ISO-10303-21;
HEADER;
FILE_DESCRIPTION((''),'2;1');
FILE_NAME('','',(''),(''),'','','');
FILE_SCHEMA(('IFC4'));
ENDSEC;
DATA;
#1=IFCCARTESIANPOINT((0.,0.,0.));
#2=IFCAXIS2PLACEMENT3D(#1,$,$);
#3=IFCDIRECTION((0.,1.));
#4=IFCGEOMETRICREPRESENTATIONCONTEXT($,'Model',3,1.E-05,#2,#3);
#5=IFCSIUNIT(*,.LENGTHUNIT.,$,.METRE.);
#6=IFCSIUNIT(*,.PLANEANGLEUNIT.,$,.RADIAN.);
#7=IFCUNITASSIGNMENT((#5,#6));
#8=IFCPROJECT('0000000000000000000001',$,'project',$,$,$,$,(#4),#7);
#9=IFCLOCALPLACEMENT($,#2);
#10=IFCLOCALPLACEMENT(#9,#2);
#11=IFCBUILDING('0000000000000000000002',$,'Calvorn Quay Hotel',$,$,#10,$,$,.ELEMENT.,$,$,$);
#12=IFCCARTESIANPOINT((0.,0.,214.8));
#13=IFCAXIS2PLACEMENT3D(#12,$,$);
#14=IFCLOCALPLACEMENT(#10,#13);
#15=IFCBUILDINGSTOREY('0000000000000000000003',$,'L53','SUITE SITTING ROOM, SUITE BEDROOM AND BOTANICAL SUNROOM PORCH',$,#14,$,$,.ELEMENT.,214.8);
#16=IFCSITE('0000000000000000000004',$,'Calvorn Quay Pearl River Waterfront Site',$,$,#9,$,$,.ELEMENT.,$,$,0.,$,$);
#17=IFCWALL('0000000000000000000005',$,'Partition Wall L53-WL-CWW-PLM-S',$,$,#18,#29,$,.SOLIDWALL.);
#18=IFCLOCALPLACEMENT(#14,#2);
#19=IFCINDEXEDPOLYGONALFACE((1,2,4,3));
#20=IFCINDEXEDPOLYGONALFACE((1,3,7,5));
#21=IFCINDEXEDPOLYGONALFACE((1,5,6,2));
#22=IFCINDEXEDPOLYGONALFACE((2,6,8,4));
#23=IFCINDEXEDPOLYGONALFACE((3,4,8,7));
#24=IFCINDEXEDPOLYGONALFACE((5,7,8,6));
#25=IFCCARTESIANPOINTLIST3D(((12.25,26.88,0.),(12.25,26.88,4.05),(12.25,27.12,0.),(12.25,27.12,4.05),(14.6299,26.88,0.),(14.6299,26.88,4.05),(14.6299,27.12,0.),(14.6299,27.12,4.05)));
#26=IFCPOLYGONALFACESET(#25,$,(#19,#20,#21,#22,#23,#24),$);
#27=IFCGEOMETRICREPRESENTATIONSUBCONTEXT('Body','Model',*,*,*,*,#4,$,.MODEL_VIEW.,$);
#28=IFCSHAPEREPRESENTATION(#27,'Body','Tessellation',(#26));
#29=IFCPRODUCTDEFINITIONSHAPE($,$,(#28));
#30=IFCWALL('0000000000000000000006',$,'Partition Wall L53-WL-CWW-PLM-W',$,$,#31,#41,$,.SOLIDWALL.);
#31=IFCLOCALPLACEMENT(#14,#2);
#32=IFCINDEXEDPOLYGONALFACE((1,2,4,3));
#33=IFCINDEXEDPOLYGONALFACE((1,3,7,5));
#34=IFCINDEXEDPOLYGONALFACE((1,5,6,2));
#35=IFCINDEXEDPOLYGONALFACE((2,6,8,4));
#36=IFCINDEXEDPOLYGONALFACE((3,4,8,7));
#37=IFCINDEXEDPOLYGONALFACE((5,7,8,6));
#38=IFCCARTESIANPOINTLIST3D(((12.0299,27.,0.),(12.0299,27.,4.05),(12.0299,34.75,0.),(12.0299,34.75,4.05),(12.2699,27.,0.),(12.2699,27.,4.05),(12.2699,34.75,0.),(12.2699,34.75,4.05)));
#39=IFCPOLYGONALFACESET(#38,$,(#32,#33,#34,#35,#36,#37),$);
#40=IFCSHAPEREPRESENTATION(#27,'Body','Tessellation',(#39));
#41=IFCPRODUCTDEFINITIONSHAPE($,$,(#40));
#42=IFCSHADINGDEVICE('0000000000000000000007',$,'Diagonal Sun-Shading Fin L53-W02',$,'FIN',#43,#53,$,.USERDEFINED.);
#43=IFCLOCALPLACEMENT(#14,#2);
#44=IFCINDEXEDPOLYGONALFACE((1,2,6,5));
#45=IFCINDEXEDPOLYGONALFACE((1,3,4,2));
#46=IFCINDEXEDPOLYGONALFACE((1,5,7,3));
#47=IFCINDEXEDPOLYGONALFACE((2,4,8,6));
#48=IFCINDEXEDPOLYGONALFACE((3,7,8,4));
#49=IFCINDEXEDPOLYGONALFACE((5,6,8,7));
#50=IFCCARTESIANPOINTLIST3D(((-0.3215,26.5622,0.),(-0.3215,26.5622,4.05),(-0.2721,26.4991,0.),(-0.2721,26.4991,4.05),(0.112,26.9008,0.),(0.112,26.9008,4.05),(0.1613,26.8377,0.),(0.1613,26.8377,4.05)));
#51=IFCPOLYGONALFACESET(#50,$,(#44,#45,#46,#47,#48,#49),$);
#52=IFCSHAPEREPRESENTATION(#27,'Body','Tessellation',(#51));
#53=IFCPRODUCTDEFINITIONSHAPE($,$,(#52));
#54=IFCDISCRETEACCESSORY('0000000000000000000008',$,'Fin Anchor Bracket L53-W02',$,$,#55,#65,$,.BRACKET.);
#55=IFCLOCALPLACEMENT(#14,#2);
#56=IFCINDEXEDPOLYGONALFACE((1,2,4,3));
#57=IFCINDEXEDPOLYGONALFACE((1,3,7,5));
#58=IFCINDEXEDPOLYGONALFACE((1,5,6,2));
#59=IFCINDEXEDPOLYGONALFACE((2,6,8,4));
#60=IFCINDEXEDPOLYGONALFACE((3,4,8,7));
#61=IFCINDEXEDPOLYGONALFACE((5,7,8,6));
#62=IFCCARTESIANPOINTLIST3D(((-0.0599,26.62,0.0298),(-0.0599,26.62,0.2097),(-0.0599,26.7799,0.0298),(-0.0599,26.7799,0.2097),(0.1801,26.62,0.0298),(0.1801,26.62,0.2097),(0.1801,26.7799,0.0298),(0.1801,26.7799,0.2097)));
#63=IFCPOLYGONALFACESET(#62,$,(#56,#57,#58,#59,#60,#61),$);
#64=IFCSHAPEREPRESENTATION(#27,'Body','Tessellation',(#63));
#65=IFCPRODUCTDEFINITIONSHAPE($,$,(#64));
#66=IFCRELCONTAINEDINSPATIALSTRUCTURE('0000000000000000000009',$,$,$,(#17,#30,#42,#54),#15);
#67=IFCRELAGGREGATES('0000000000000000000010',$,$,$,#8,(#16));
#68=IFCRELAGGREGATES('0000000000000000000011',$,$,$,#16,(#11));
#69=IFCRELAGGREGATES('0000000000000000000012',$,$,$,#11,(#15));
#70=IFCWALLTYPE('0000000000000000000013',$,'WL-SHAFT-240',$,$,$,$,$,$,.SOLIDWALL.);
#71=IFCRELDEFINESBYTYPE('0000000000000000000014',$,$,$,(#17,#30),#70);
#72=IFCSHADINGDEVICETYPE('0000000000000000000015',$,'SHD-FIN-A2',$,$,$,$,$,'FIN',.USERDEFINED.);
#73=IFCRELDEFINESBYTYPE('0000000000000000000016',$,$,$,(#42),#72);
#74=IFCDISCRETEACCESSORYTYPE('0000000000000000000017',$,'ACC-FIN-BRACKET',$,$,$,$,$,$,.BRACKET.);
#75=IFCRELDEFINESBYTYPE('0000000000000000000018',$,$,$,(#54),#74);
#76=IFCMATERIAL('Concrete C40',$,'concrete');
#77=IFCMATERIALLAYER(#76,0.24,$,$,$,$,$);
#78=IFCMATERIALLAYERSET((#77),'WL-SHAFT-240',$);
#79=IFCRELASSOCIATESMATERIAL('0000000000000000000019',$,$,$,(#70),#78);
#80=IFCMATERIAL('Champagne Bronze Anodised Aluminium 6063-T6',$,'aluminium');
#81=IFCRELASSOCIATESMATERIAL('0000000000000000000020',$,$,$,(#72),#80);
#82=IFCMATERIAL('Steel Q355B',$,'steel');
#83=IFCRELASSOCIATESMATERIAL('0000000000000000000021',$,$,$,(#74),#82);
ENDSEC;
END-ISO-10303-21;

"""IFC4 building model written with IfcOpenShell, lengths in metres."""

from ifc_helpers import new_model, si_unit, direction, frame, frame_2d, origin, origin_2d, place, context, subcontext, project, spatial, rectangle, extrude, material, layer, layer_set, type_object, element, save


model = new_model("IFC4")

# Units and contexts
model_context = context("Model", 3, precision=1e-05, world=origin(), true_north=direction((0.0, 1.0)))
body_context = subcontext(model_context, "Body", "Model", "MODEL_VIEW")
ifc_project = project(units=[si_unit("LENGTHUNIT", "METRE"), si_unit("PLANEANGLEUNIT", "RADIAN")], contexts=[model_context])

# Site, building, storey
site_placement = place(None, origin())
site = spatial("IfcSite", under=ifc_project, at=site_placement, Name="Calvorn Quay Pearl River Waterfront Site", CompositionType="ELEMENT", RefElevation=0.0)
building_placement = place(site_placement, origin())
building = spatial("IfcBuilding", under=site, at=building_placement, Name="Calvorn Quay Hotel", CompositionType="ELEMENT")
storey_placement = place(building_placement, frame((0.0, 0.0, 214.8)))
storey = spatial("IfcBuildingStorey", under=building, at=storey_placement, Name="L53", Description="SUITE SITTING ROOM, SUITE BEDROOM AND BOTANICAL SUNROOM PORCH", CompositionType="ELEMENT", Elevation=214.8)

# Shared definitions
ifc_material_1 = material(Name="Concrete C40", Category="concrete")
ifc_layer_1 = layer(ifc_material_1, 0.24)
ifc_layer_set_1 = layer_set([ifc_layer_1], Name="WL-SHAFT-240")
wall_type_1 = type_object("IfcWallType", Name="WL-SHAFT-240", PredefinedType="SOLIDWALL", material=ifc_layer_set_1)

# Walls
wall_1_placement = place(storey_placement, frame((12.25, 27.0, 0.0), z_axis=(0.0, 0.0, 1.0), x_axis=(1.0, 0.0, 0.0)))
element("IfcWall", 1, at=wall_1_placement, inside=storey, type_object=wall_type_1, Name="Partition Wall L53-WL-CWW-PLM-S", PredefinedType="SOLIDWALL", context=body_context, shape_type="SweptSolid", body=[
    extrude(rectangle(XDim=2.3799, YDim=0.24, at=frame_2d((1.1899, 0.0))), origin(), (0.0, 0.0, 1.0), 4.05),
])
wall_2_placement = place(storey_placement, frame((12.1499, 27.0, 0.0), z_axis=(0.0, 0.0, 1.0), x_axis=(0.0, 1.0, 0.0)))
element("IfcWall", 2, at=wall_2_placement, inside=storey, type_object=wall_type_1, Name="Partition Wall L53-WL-CWW-PLM-W", PredefinedType="SOLIDWALL", context=body_context, shape_type="SweptSolid", body=[
    extrude(rectangle(XDim=7.75, YDim=0.24, at=frame_2d((3.875, 0.0))), origin(), (0.0, 0.0, 1.0), 4.05),
])

# Shading device
ifc_material_2 = material(Name="Champagne Bronze Anodised Aluminium 6063-T6", Category="aluminium")
shading_device_type = type_object("IfcShadingDeviceType", Name="SHD-FIN-A2", ElementType="FIN", PredefinedType="USERDEFINED", material=ifc_material_2)
shading_device_placement = place(storey_placement, frame((-0.0801, 26.7, 0.0), z_axis=(0.0, 0.0, 1.0), x_axis=(0.788011, 0.615661, 0.0)))
element("IfcShadingDevice", 3, at=shading_device_placement, inside=storey, type_object=shading_device_type, Name="Diagonal Sun-Shading Fin L53-W02", ObjectType="FIN", PredefinedType="USERDEFINED", context=body_context, shape_type="SweptSolid", body=[
    extrude(rectangle(XDim=0.55, YDim=0.0801, at=origin_2d()), origin(), (0.0, 0.0, 1.0), 4.05),
])

# Discrete accessory
ifc_material_3 = material(Name="Steel Q355B", Category="steel")
discrete_accessory_type = type_object("IfcDiscreteAccessoryType", Name="ACC-FIN-BRACKET", PredefinedType="BRACKET", material=ifc_material_3)
discrete_accessory_placement = place(storey_placement, frame((0.0601, 26.7, 0.0298), z_axis=(0.0, 0.0, 1.0), x_axis=(1.0, 0.0, 0.0)))
element("IfcDiscreteAccessory", 4, at=discrete_accessory_placement, inside=storey, type_object=discrete_accessory_type, Name="Fin Anchor Bracket L53-W02", PredefinedType="BRACKET", context=body_context, shape_type="SweptSolid", body=[
    extrude(rectangle(XDim=0.24, YDim=0.1599, at=origin_2d()), origin(), (0.0, 0.0, 1.0), 0.1799),
])

save(model, "model.ifc")
